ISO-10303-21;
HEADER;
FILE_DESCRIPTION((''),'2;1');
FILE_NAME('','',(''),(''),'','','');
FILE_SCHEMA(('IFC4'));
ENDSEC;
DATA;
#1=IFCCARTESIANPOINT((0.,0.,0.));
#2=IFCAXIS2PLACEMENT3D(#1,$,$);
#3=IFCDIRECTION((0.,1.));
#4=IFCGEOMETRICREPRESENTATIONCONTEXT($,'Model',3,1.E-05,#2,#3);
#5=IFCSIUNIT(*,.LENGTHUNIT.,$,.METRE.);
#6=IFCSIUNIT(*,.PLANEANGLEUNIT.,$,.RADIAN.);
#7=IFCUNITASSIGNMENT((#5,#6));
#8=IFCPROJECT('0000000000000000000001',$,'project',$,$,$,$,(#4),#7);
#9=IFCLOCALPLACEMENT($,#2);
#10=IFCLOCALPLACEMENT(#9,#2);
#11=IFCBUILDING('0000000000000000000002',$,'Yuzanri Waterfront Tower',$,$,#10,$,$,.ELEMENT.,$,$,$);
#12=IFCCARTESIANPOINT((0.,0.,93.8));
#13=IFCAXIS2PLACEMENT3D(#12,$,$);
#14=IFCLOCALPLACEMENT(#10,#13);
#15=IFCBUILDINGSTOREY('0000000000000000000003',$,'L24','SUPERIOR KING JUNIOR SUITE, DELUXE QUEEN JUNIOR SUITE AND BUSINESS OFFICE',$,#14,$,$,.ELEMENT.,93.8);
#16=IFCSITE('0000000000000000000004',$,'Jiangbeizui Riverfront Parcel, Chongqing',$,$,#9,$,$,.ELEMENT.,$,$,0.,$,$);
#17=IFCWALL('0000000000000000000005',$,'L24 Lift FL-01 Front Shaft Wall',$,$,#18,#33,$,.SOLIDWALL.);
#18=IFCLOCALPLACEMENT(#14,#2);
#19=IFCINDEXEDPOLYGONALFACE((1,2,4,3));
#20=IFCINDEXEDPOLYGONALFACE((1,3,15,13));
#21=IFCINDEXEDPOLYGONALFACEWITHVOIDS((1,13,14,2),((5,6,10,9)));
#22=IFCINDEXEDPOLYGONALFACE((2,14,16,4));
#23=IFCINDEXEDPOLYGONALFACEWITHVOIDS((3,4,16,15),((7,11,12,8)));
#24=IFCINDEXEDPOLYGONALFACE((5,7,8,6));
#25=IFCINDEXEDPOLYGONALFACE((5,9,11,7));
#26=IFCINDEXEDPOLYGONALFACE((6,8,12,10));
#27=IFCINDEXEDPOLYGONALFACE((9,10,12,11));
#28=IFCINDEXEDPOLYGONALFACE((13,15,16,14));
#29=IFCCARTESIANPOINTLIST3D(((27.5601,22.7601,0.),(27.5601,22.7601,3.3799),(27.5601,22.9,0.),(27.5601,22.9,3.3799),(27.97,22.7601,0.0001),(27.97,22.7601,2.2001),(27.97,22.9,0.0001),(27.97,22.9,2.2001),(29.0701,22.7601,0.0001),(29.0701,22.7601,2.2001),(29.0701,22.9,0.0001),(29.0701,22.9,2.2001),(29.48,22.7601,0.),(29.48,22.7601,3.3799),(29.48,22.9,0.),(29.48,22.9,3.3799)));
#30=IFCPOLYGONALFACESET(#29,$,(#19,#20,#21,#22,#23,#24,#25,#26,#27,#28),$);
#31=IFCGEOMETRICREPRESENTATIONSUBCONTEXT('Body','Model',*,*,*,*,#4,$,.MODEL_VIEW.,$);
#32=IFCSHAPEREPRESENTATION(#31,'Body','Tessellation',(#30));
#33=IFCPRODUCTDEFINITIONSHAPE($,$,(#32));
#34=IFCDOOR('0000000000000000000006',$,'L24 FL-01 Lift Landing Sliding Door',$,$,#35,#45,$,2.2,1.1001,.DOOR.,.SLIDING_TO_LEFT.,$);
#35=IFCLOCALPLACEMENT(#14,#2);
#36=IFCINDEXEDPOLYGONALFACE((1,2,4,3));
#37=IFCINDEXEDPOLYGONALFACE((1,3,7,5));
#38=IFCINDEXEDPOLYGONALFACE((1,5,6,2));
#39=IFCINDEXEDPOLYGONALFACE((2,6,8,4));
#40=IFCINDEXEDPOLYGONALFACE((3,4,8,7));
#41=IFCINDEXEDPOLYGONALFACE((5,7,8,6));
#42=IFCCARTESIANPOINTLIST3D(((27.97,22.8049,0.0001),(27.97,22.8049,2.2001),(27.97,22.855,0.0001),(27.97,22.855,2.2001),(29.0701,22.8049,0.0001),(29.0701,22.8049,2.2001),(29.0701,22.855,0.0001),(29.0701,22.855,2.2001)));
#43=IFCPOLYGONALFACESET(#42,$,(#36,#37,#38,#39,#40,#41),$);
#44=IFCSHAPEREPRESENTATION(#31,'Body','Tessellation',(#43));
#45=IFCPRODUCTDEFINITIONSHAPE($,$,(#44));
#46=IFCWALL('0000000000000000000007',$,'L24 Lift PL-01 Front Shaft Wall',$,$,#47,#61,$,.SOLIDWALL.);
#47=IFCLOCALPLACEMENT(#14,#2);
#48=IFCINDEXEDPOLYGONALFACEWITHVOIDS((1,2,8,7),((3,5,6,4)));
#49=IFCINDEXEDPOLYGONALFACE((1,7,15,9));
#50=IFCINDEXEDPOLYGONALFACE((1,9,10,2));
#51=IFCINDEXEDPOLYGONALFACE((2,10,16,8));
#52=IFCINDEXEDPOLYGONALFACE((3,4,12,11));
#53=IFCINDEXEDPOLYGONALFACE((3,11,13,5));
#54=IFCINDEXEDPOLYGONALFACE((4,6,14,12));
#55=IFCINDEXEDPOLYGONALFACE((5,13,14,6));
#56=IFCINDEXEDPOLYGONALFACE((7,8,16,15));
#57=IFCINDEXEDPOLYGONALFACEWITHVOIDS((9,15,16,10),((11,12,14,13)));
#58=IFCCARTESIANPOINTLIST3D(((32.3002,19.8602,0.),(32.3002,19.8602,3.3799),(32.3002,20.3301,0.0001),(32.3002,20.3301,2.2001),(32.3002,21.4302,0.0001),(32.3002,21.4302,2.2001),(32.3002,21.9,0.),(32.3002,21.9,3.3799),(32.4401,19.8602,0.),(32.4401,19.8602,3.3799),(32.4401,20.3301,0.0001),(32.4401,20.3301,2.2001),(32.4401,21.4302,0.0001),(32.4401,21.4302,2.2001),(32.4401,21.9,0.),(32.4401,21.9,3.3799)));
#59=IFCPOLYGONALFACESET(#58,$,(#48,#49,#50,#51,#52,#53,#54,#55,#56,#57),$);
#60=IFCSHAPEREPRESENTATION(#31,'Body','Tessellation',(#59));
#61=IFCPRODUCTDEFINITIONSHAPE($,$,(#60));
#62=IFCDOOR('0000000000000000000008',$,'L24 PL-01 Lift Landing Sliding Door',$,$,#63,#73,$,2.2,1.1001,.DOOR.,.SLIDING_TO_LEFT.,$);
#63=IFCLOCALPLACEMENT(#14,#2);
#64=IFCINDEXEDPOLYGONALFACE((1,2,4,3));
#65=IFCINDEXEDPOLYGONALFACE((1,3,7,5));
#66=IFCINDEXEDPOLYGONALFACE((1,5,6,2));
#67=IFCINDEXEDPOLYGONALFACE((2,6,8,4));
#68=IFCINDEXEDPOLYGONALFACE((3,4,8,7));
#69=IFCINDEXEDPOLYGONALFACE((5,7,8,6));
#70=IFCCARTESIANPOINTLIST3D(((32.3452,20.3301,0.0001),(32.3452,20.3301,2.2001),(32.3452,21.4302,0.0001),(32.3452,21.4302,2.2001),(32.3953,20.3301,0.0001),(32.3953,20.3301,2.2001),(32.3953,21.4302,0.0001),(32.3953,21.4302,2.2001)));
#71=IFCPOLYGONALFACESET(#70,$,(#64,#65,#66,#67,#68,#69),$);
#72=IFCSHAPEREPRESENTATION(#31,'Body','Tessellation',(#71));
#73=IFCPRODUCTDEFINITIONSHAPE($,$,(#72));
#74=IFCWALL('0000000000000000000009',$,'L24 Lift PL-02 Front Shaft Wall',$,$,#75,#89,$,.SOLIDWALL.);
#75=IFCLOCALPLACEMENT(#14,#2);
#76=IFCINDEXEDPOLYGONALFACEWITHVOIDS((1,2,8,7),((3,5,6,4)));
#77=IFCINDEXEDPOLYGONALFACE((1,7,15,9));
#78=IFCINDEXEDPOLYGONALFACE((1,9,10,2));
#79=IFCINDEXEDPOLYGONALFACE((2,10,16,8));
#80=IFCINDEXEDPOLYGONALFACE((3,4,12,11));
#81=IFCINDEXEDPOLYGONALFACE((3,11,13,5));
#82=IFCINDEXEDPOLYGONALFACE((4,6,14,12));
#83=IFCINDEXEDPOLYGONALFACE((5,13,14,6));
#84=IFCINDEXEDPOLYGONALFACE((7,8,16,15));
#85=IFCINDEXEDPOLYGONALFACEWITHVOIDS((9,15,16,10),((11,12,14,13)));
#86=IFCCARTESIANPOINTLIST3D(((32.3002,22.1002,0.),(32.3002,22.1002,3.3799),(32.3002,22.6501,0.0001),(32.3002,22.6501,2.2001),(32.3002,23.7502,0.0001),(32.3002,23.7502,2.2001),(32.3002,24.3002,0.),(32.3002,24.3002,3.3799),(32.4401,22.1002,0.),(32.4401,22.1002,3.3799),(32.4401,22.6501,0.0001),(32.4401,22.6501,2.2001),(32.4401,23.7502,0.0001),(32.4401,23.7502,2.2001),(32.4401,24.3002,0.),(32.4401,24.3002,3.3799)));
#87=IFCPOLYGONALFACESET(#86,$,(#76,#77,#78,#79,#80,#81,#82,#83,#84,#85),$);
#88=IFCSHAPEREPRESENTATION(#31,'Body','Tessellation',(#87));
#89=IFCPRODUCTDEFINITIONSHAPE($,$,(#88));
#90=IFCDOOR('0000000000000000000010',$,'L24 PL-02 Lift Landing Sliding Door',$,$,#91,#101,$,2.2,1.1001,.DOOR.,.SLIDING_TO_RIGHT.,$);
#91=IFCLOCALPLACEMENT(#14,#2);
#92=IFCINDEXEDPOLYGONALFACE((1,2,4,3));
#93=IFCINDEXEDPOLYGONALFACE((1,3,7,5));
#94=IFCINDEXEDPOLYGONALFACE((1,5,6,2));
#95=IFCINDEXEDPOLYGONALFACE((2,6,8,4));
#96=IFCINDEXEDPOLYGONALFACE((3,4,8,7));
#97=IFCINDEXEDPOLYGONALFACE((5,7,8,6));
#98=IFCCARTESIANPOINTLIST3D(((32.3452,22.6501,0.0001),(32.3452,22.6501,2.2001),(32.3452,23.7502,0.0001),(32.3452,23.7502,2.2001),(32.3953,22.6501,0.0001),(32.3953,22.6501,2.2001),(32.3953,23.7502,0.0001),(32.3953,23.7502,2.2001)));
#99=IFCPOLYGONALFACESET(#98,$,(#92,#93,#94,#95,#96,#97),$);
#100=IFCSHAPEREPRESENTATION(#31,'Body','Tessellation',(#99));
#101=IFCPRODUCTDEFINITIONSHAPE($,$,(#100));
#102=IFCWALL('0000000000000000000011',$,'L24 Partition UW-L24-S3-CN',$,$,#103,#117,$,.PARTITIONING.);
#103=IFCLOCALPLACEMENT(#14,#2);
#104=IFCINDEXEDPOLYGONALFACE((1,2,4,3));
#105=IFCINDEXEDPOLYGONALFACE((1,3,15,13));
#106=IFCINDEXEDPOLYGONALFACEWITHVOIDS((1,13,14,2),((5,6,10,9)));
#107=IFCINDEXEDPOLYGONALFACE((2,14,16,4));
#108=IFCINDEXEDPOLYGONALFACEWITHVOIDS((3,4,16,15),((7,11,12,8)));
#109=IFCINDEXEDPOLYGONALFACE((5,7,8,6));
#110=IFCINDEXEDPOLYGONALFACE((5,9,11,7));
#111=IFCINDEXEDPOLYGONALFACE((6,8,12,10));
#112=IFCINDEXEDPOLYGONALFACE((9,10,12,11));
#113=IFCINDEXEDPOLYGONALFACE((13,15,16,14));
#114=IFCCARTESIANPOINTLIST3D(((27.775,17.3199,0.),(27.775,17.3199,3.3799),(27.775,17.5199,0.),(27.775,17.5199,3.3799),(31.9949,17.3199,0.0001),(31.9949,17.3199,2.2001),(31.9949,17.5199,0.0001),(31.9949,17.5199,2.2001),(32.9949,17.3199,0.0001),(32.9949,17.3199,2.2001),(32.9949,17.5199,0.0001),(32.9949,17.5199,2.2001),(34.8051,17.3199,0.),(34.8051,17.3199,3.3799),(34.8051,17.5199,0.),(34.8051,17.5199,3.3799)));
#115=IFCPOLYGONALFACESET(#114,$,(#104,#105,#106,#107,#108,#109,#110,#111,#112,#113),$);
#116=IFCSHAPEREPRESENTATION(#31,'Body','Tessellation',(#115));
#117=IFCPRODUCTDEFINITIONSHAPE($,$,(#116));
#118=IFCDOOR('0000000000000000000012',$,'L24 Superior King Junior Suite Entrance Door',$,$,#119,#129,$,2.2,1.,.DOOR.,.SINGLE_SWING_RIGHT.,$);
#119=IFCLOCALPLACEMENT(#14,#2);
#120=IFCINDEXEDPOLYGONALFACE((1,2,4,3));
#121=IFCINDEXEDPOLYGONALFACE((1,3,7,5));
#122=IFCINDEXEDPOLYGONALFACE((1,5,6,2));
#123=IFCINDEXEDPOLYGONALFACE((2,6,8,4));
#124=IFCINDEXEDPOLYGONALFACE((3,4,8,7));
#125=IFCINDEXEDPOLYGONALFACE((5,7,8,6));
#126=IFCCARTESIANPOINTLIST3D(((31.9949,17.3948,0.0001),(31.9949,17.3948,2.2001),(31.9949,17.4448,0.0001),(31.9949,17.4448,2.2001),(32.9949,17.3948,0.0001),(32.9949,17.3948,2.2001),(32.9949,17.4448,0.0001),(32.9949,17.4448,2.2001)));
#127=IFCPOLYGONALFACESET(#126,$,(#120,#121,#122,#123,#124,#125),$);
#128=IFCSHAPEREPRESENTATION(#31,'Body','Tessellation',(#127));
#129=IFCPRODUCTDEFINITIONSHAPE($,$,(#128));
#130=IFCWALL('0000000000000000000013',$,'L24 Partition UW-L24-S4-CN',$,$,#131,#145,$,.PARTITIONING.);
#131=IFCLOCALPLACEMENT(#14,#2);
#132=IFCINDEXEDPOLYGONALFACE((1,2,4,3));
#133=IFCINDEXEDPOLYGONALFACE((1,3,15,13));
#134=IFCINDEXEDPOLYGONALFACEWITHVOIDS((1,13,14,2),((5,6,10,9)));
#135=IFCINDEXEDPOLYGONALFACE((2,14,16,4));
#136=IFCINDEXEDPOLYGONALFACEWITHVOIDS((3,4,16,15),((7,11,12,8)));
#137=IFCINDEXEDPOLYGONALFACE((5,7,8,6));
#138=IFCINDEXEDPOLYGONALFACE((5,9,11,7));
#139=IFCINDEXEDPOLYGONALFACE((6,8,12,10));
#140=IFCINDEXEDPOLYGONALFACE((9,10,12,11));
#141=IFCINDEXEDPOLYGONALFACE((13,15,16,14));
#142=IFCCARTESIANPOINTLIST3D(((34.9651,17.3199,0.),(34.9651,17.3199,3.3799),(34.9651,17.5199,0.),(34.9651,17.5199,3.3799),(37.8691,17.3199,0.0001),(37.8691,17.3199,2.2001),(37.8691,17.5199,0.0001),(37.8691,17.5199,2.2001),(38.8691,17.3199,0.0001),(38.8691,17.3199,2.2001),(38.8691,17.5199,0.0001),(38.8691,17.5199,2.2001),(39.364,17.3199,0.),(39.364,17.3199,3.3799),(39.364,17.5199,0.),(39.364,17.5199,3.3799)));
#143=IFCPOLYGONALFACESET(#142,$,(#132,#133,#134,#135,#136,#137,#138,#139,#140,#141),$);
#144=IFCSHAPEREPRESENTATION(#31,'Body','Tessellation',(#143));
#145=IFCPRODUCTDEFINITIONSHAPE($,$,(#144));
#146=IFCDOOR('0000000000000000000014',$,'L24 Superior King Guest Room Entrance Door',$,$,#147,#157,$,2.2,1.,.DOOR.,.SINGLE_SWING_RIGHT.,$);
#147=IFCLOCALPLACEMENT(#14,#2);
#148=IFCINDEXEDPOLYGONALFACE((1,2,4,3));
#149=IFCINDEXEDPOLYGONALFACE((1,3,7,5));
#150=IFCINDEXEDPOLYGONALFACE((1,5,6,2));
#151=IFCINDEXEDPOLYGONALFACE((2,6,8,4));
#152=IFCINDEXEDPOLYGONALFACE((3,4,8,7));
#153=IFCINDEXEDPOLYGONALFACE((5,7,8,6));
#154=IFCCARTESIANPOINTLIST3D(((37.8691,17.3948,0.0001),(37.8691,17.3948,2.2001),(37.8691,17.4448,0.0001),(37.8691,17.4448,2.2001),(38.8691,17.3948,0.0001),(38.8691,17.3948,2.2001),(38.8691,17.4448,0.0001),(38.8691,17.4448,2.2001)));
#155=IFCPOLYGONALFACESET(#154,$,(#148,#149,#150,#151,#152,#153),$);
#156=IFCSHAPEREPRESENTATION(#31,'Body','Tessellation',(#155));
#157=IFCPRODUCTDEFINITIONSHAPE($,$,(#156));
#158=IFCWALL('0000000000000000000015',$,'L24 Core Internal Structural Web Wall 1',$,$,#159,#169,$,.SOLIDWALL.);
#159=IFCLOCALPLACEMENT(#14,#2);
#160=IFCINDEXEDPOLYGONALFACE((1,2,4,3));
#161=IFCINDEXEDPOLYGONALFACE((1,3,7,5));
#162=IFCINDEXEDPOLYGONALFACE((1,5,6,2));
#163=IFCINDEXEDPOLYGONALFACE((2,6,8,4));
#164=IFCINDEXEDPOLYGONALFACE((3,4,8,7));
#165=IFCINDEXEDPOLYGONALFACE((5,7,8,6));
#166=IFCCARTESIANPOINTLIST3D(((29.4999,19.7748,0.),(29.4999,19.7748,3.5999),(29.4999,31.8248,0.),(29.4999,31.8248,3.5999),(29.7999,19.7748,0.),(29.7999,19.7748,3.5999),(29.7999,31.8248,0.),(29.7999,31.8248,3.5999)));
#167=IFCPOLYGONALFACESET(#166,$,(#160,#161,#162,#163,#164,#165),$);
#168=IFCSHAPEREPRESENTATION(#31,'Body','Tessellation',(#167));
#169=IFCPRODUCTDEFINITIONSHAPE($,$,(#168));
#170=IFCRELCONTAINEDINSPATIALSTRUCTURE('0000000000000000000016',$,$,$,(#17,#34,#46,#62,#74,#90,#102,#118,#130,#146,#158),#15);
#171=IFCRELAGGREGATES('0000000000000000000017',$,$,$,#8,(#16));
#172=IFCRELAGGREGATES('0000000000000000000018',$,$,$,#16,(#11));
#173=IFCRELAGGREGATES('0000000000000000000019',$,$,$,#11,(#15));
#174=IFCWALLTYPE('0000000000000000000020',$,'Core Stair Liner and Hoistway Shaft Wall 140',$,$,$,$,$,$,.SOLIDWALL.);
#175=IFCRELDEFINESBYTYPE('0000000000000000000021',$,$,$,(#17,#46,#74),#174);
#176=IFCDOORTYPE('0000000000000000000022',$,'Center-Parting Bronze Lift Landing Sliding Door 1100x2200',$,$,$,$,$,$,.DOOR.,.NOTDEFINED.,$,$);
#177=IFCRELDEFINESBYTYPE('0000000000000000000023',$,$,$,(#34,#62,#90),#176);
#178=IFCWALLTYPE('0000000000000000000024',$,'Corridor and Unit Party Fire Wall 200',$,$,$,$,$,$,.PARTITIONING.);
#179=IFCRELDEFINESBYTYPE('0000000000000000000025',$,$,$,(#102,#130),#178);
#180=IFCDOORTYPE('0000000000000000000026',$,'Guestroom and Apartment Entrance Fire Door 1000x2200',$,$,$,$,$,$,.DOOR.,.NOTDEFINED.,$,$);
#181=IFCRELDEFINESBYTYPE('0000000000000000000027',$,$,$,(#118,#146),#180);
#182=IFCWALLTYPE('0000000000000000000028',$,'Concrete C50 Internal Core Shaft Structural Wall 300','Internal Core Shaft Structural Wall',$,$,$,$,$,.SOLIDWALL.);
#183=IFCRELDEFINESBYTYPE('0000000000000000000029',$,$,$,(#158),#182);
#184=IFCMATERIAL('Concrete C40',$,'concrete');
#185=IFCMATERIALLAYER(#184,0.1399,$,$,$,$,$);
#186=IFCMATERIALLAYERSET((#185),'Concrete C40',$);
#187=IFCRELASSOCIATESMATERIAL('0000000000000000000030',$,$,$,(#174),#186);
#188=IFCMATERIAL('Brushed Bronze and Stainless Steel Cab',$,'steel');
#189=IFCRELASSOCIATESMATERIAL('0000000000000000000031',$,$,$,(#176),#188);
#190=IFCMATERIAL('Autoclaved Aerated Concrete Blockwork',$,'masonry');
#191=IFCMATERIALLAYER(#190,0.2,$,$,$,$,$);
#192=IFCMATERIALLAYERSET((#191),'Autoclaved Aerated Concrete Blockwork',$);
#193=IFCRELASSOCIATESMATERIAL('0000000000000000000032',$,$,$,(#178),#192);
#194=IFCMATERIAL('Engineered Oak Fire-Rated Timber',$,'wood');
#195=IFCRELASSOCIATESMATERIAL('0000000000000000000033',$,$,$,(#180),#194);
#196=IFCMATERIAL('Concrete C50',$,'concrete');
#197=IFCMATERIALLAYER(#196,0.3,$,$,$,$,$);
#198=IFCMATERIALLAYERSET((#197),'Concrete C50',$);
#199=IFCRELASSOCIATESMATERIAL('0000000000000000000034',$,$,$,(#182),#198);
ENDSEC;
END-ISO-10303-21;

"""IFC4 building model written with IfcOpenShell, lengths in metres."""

from ifc_helpers import new_model, si_unit, direction, frame, frame_2d, origin, place, context, subcontext, project, spatial, rectangle, extrude, source, transform, mapped, material, layer, layer_set, type_object, element, fill, save


model = new_model("IFC4")

# Units and contexts
model_context = context("Model", 3, precision=1e-05, world=origin(), true_north=direction((0.0, 1.0)))
body_context = subcontext(model_context, "Body", "Model", "MODEL_VIEW")
ifc_project = project(units=[si_unit("LENGTHUNIT", "METRE"), si_unit("PLANEANGLEUNIT", "RADIAN")], contexts=[model_context])

# Site, building, storey
site_placement = place(None, origin())
site = spatial("IfcSite", under=ifc_project, at=site_placement, Name="Jiangbeizui Riverfront Parcel, Chongqing", CompositionType="ELEMENT", RefElevation=0.0)
building_placement = place(site_placement, origin())
building = spatial("IfcBuilding", under=site, at=building_placement, Name="Yuzanri Waterfront Tower", CompositionType="ELEMENT")
storey_placement = place(building_placement, frame((0.0, 0.0, 93.8)))
storey = spatial("IfcBuildingStorey", under=building, at=storey_placement, Name="L24", Description="SUPERIOR KING JUNIOR SUITE, DELUXE QUEEN JUNIOR SUITE AND BUSINESS OFFICE", CompositionType="ELEMENT", Elevation=93.8)

# Walls, openings, doors
ifc_material_1 = material(Name="Concrete C40", Category="concrete")
ifc_layer_1 = layer(ifc_material_1, 0.1399)
ifc_layer_set_1 = layer_set([ifc_layer_1], Name="Concrete C40")
wall_type_1 = type_object("IfcWallType", Name="Core Stair Liner and Hoistway Shaft Wall 140", PredefinedType="SOLIDWALL", material=ifc_layer_set_1)
wall_1_placement = place(storey_placement, frame((27.5601, 22.8301, 0.0), z_axis=(0.0, 0.0, 1.0), x_axis=(1.0, 0.0, 0.0)))
wall_1 = element("IfcWall", 1, at=wall_1_placement, inside=storey, type_object=wall_type_1, Name="L24 Lift FL-01 Front Shaft Wall", PredefinedType="SOLIDWALL", context=body_context, shape_type="SweptSolid", body=[
    extrude(rectangle(XDim=1.9199, YDim=0.1399, at=frame_2d((0.96, 0.0))), origin(), (0.0, 0.0, 1.0), 3.3799),
])
opening_1_placement = place(wall_1_placement, frame((0.4099, 0.0, 0.0)))
opening_1 = element("IfcOpeningElement", 2, at=opening_1_placement, cuts=wall_1, PredefinedType="OPENING", context=body_context, shape_type="SweptSolid", body=[
    extrude(rectangle(XDim=1.1001, YDim=2.2, at=frame_2d((0.55, 1.1001))), frame((0.0, 0.085, 0.0), z_axis=(0.0, -1.0, 0.0), x_axis=(1.0, 0.0, 0.0)), (0.0, 0.0, 1.0), 0.1697),
])
ifc_material_2 = material(Name="Brushed Bronze and Stainless Steel Cab", Category="steel")
door_type_1 = type_object("IfcDoorType", Name="Center-Parting Bronze Lift Landing Sliding Door 1100x2200", OperationType="NOTDEFINED", PredefinedType="DOOR", material=ifc_material_2)
shared_shape_1 = source(origin(), body_context, "Body", "SweptSolid", [
    extrude(rectangle(XDim=1.1001, YDim=2.2, at=frame_2d((0.55, 1.1001))), frame((0.0, 0.0249, 0.0), z_axis=(0.0, -1.0, 0.0), x_axis=(1.0, 0.0, 0.0)), (0.0, 0.0, 1.0), 0.05),
])
door_1_placement = place(opening_1_placement, origin())
door_1 = element("IfcDoor", 3, at=door_1_placement, inside=storey, type_object=door_type_1, Name="L24 FL-01 Lift Landing Sliding Door", OperationType="SLIDING_TO_LEFT", OverallHeight=2.2, OverallWidth=1.1001, PredefinedType="DOOR", context=body_context, shape_type="MappedRepresentation", body=[
    mapped(shared_shape_1, transform((0.0, 0.0, 0.0), scale=1.0)),
])
fill(opening_1, door_1)
wall_2_placement = place(storey_placement, frame((32.3701, 19.8601, 0.0), z_axis=(0.0, 0.0, 1.0), x_axis=(0.0, 1.0, 0.0)))
wall_2 = element("IfcWall", 4, at=wall_2_placement, inside=storey, type_object=wall_type_1, Name="L24 Lift PL-01 Front Shaft Wall", PredefinedType="SOLIDWALL", context=body_context, shape_type="SweptSolid", body=[
    extrude(rectangle(XDim=2.0398, YDim=0.1399, at=frame_2d((1.02, 0.0))), origin(), (0.0, 0.0, 1.0), 3.3799),
])
opening_2_placement = place(wall_2_placement, frame((0.47, 0.0, 0.0)))
opening_2 = element("IfcOpeningElement", 5, at=opening_2_placement, cuts=wall_2, PredefinedType="OPENING", context=body_context, shape_type="SweptSolid", body=[
    extrude(rectangle(XDim=1.1001, YDim=2.2, at=frame_2d((0.55, 1.1001))), frame((0.0, 0.085, 0.0), z_axis=(0.0, -1.0, 0.0), x_axis=(1.0, 0.0, 0.0)), (0.0, 0.0, 1.0), 0.1697),
])
door_2_placement = place(opening_2_placement, origin())
door_2 = element("IfcDoor", 6, at=door_2_placement, inside=storey, type_object=door_type_1, Name="L24 PL-01 Lift Landing Sliding Door", OperationType="SLIDING_TO_LEFT", OverallHeight=2.2, OverallWidth=1.1001, PredefinedType="DOOR", context=body_context, shape_type="MappedRepresentation", body=[
    mapped(shared_shape_1, transform((0.0, 0.0, 0.0), scale=1.0)),
])
fill(opening_2, door_2)
wall_3_placement = place(storey_placement, frame((32.3701, 22.1001, 0.0), z_axis=(0.0, 0.0, 1.0), x_axis=(0.0, 1.0, 0.0)))
wall_3 = element("IfcWall", 7, at=wall_3_placement, inside=storey, type_object=wall_type_1, Name="L24 Lift PL-02 Front Shaft Wall", PredefinedType="SOLIDWALL", context=body_context, shape_type="SweptSolid", body=[
    extrude(rectangle(XDim=2.2, YDim=0.1399, at=frame_2d((1.1001, 0.0))), origin(), (0.0, 0.0, 1.0), 3.3799),
])
opening_3_placement = place(wall_3_placement, frame((0.55, 0.0, 0.0)))
opening_3 = element("IfcOpeningElement", 8, at=opening_3_placement, cuts=wall_3, PredefinedType="OPENING", context=body_context, shape_type="SweptSolid", body=[
    extrude(rectangle(XDim=1.1001, YDim=2.2, at=frame_2d((0.55, 1.1001))), frame((0.0, 0.085, 0.0), z_axis=(0.0, -1.0, 0.0), x_axis=(1.0, 0.0, 0.0)), (0.0, 0.0, 1.0), 0.1697),
])
door_3_placement = place(opening_3_placement, origin())
door_3 = element("IfcDoor", 9, at=door_3_placement, inside=storey, type_object=door_type_1, Name="L24 PL-02 Lift Landing Sliding Door", OperationType="SLIDING_TO_RIGHT", OverallHeight=2.2, OverallWidth=1.1001, PredefinedType="DOOR", context=body_context, shape_type="MappedRepresentation", body=[
    mapped(shared_shape_1, transform((0.0, 0.0, 0.0), scale=1.0)),
])
fill(opening_3, door_3)
ifc_material_3 = material(Name="Autoclaved Aerated Concrete Blockwork", Category="masonry")
ifc_layer_2 = layer(ifc_material_3, 0.2)
ifc_layer_set_2 = layer_set([ifc_layer_2], Name="Autoclaved Aerated Concrete Blockwork")
wall_type_2 = type_object("IfcWallType", Name="Corridor and Unit Party Fire Wall 200", PredefinedType="PARTITIONING", material=ifc_layer_set_2)
wall_4_placement = place(storey_placement, frame((27.7749, 17.4199, 0.0), z_axis=(0.0, 0.0, 1.0), x_axis=(1.0, 0.0, 0.0)))
wall_4 = element("IfcWall", 10, at=wall_4_placement, inside=storey, type_object=wall_type_2, Name="L24 Partition UW-L24-S3-CN", PredefinedType="PARTITIONING", context=body_context, shape_type="SweptSolid", body=[
    extrude(rectangle(XDim=7.03, YDim=0.2, at=frame_2d((3.5151, 0.0))), origin(), (0.0, 0.0, 1.0), 3.3799),
])
opening_4_placement = place(wall_4_placement, frame((4.22, 0.0, 0.0)))
opening_4 = element("IfcOpeningElement", 11, at=opening_4_placement, cuts=wall_4, PredefinedType="OPENING", context=body_context, shape_type="SweptSolid", body=[
    extrude(rectangle(XDim=1.0, YDim=2.2, at=frame_2d((0.5, 1.1001))), frame((0.0, 0.1147, 0.0), z_axis=(0.0, -1.0, 0.0), x_axis=(1.0, 0.0, 0.0)), (0.0, 0.0, 1.0), 0.2297),
])
ifc_material_4 = material(Name="Engineered Oak Fire-Rated Timber", Category="wood")
door_type_2 = type_object("IfcDoorType", Name="Guestroom and Apartment Entrance Fire Door 1000x2200", OperationType="NOTDEFINED", PredefinedType="DOOR", material=ifc_material_4)
shared_shape_2 = source(origin(), body_context, "Body", "SweptSolid", [
    extrude(rectangle(XDim=1.0, YDim=2.2, at=frame_2d((0.5, 1.1001))), frame((0.0, 0.0249, 0.0), z_axis=(0.0, -1.0, 0.0), x_axis=(1.0, 0.0, 0.0)), (0.0, 0.0, 1.0), 0.05),
])
door_4_placement = place(opening_4_placement, origin())
door_4 = element("IfcDoor", 12, at=door_4_placement, inside=storey, type_object=door_type_2, Name="L24 Superior King Junior Suite Entrance Door", OperationType="SINGLE_SWING_RIGHT", OverallHeight=2.2, OverallWidth=1.0, PredefinedType="DOOR", context=body_context, shape_type="MappedRepresentation", body=[
    mapped(shared_shape_2, transform((0.0, 0.0, 0.0), scale=1.0)),
])
fill(opening_4, door_4)
wall_5_placement = place(storey_placement, frame((34.9651, 17.4199, 0.0), z_axis=(0.0, 0.0, 1.0), x_axis=(1.0, 0.0, 0.0)))
wall_5 = element("IfcWall", 13, at=wall_5_placement, inside=storey, type_object=wall_type_2, Name="L24 Partition UW-L24-S4-CN", PredefinedType="PARTITIONING", context=body_context, shape_type="SweptSolid", body=[
    extrude(rectangle(XDim=4.3989, YDim=0.2, at=frame_2d((2.1995, 0.0))), origin(), (0.0, 0.0, 1.0), 3.3799),
])
opening_5_placement = place(wall_5_placement, frame((2.9041, 0.0, 0.0)))
opening_5 = element("IfcOpeningElement", 14, at=opening_5_placement, cuts=wall_5, PredefinedType="OPENING", context=body_context, shape_type="SweptSolid", body=[
    extrude(rectangle(XDim=1.0, YDim=2.2, at=frame_2d((0.5, 1.1001))), frame((0.0, 0.1147, 0.0), z_axis=(0.0, -1.0, 0.0), x_axis=(1.0, 0.0, 0.0)), (0.0, 0.0, 1.0), 0.2297),
])
door_5_placement = place(opening_5_placement, origin())
door_5 = element("IfcDoor", 15, at=door_5_placement, inside=storey, type_object=door_type_2, Name="L24 Superior King Guest Room Entrance Door", OperationType="SINGLE_SWING_RIGHT", OverallHeight=2.2, OverallWidth=1.0, PredefinedType="DOOR", context=body_context, shape_type="MappedRepresentation", body=[
    mapped(shared_shape_2, transform((0.0, 0.0, 0.0), scale=1.0)),
])
fill(opening_5, door_5)

# Wall
ifc_material_5 = material(Name="Concrete C50", Category="concrete")
ifc_layer_3 = layer(ifc_material_5, 0.3)
ifc_layer_set_3 = layer_set([ifc_layer_3], Name="Concrete C50")
wall_type_3 = type_object("IfcWallType", Name="Concrete C50 Internal Core Shaft Structural Wall 300", Description="Internal Core Shaft Structural Wall", PredefinedType="SOLIDWALL", material=ifc_layer_set_3)
shared_shape_3 = source(origin(), body_context, "Body", "SweptSolid", [
    extrude(rectangle(XDim=12.05, YDim=0.3, at=frame_2d((6.0249, 0.0))), origin(), (0.0, 0.0, 1.0), 3.5999),
])
wall_6_placement = place(storey_placement, frame((29.6499, 19.7749, 0.0), z_axis=(0.0, 0.0, 1.0), x_axis=(0.0, 1.0, 0.0)))
element("IfcWall", 16, at=wall_6_placement, inside=storey, type_object=wall_type_3, Name="L24 Core Internal Structural Web Wall 1", PredefinedType="SOLIDWALL", context=body_context, shape_type="MappedRepresentation", body=[
    mapped(shared_shape_3, transform((0.0, 0.0, 0.0), scale=1.0)),
])

save(model, "model.ifc")
